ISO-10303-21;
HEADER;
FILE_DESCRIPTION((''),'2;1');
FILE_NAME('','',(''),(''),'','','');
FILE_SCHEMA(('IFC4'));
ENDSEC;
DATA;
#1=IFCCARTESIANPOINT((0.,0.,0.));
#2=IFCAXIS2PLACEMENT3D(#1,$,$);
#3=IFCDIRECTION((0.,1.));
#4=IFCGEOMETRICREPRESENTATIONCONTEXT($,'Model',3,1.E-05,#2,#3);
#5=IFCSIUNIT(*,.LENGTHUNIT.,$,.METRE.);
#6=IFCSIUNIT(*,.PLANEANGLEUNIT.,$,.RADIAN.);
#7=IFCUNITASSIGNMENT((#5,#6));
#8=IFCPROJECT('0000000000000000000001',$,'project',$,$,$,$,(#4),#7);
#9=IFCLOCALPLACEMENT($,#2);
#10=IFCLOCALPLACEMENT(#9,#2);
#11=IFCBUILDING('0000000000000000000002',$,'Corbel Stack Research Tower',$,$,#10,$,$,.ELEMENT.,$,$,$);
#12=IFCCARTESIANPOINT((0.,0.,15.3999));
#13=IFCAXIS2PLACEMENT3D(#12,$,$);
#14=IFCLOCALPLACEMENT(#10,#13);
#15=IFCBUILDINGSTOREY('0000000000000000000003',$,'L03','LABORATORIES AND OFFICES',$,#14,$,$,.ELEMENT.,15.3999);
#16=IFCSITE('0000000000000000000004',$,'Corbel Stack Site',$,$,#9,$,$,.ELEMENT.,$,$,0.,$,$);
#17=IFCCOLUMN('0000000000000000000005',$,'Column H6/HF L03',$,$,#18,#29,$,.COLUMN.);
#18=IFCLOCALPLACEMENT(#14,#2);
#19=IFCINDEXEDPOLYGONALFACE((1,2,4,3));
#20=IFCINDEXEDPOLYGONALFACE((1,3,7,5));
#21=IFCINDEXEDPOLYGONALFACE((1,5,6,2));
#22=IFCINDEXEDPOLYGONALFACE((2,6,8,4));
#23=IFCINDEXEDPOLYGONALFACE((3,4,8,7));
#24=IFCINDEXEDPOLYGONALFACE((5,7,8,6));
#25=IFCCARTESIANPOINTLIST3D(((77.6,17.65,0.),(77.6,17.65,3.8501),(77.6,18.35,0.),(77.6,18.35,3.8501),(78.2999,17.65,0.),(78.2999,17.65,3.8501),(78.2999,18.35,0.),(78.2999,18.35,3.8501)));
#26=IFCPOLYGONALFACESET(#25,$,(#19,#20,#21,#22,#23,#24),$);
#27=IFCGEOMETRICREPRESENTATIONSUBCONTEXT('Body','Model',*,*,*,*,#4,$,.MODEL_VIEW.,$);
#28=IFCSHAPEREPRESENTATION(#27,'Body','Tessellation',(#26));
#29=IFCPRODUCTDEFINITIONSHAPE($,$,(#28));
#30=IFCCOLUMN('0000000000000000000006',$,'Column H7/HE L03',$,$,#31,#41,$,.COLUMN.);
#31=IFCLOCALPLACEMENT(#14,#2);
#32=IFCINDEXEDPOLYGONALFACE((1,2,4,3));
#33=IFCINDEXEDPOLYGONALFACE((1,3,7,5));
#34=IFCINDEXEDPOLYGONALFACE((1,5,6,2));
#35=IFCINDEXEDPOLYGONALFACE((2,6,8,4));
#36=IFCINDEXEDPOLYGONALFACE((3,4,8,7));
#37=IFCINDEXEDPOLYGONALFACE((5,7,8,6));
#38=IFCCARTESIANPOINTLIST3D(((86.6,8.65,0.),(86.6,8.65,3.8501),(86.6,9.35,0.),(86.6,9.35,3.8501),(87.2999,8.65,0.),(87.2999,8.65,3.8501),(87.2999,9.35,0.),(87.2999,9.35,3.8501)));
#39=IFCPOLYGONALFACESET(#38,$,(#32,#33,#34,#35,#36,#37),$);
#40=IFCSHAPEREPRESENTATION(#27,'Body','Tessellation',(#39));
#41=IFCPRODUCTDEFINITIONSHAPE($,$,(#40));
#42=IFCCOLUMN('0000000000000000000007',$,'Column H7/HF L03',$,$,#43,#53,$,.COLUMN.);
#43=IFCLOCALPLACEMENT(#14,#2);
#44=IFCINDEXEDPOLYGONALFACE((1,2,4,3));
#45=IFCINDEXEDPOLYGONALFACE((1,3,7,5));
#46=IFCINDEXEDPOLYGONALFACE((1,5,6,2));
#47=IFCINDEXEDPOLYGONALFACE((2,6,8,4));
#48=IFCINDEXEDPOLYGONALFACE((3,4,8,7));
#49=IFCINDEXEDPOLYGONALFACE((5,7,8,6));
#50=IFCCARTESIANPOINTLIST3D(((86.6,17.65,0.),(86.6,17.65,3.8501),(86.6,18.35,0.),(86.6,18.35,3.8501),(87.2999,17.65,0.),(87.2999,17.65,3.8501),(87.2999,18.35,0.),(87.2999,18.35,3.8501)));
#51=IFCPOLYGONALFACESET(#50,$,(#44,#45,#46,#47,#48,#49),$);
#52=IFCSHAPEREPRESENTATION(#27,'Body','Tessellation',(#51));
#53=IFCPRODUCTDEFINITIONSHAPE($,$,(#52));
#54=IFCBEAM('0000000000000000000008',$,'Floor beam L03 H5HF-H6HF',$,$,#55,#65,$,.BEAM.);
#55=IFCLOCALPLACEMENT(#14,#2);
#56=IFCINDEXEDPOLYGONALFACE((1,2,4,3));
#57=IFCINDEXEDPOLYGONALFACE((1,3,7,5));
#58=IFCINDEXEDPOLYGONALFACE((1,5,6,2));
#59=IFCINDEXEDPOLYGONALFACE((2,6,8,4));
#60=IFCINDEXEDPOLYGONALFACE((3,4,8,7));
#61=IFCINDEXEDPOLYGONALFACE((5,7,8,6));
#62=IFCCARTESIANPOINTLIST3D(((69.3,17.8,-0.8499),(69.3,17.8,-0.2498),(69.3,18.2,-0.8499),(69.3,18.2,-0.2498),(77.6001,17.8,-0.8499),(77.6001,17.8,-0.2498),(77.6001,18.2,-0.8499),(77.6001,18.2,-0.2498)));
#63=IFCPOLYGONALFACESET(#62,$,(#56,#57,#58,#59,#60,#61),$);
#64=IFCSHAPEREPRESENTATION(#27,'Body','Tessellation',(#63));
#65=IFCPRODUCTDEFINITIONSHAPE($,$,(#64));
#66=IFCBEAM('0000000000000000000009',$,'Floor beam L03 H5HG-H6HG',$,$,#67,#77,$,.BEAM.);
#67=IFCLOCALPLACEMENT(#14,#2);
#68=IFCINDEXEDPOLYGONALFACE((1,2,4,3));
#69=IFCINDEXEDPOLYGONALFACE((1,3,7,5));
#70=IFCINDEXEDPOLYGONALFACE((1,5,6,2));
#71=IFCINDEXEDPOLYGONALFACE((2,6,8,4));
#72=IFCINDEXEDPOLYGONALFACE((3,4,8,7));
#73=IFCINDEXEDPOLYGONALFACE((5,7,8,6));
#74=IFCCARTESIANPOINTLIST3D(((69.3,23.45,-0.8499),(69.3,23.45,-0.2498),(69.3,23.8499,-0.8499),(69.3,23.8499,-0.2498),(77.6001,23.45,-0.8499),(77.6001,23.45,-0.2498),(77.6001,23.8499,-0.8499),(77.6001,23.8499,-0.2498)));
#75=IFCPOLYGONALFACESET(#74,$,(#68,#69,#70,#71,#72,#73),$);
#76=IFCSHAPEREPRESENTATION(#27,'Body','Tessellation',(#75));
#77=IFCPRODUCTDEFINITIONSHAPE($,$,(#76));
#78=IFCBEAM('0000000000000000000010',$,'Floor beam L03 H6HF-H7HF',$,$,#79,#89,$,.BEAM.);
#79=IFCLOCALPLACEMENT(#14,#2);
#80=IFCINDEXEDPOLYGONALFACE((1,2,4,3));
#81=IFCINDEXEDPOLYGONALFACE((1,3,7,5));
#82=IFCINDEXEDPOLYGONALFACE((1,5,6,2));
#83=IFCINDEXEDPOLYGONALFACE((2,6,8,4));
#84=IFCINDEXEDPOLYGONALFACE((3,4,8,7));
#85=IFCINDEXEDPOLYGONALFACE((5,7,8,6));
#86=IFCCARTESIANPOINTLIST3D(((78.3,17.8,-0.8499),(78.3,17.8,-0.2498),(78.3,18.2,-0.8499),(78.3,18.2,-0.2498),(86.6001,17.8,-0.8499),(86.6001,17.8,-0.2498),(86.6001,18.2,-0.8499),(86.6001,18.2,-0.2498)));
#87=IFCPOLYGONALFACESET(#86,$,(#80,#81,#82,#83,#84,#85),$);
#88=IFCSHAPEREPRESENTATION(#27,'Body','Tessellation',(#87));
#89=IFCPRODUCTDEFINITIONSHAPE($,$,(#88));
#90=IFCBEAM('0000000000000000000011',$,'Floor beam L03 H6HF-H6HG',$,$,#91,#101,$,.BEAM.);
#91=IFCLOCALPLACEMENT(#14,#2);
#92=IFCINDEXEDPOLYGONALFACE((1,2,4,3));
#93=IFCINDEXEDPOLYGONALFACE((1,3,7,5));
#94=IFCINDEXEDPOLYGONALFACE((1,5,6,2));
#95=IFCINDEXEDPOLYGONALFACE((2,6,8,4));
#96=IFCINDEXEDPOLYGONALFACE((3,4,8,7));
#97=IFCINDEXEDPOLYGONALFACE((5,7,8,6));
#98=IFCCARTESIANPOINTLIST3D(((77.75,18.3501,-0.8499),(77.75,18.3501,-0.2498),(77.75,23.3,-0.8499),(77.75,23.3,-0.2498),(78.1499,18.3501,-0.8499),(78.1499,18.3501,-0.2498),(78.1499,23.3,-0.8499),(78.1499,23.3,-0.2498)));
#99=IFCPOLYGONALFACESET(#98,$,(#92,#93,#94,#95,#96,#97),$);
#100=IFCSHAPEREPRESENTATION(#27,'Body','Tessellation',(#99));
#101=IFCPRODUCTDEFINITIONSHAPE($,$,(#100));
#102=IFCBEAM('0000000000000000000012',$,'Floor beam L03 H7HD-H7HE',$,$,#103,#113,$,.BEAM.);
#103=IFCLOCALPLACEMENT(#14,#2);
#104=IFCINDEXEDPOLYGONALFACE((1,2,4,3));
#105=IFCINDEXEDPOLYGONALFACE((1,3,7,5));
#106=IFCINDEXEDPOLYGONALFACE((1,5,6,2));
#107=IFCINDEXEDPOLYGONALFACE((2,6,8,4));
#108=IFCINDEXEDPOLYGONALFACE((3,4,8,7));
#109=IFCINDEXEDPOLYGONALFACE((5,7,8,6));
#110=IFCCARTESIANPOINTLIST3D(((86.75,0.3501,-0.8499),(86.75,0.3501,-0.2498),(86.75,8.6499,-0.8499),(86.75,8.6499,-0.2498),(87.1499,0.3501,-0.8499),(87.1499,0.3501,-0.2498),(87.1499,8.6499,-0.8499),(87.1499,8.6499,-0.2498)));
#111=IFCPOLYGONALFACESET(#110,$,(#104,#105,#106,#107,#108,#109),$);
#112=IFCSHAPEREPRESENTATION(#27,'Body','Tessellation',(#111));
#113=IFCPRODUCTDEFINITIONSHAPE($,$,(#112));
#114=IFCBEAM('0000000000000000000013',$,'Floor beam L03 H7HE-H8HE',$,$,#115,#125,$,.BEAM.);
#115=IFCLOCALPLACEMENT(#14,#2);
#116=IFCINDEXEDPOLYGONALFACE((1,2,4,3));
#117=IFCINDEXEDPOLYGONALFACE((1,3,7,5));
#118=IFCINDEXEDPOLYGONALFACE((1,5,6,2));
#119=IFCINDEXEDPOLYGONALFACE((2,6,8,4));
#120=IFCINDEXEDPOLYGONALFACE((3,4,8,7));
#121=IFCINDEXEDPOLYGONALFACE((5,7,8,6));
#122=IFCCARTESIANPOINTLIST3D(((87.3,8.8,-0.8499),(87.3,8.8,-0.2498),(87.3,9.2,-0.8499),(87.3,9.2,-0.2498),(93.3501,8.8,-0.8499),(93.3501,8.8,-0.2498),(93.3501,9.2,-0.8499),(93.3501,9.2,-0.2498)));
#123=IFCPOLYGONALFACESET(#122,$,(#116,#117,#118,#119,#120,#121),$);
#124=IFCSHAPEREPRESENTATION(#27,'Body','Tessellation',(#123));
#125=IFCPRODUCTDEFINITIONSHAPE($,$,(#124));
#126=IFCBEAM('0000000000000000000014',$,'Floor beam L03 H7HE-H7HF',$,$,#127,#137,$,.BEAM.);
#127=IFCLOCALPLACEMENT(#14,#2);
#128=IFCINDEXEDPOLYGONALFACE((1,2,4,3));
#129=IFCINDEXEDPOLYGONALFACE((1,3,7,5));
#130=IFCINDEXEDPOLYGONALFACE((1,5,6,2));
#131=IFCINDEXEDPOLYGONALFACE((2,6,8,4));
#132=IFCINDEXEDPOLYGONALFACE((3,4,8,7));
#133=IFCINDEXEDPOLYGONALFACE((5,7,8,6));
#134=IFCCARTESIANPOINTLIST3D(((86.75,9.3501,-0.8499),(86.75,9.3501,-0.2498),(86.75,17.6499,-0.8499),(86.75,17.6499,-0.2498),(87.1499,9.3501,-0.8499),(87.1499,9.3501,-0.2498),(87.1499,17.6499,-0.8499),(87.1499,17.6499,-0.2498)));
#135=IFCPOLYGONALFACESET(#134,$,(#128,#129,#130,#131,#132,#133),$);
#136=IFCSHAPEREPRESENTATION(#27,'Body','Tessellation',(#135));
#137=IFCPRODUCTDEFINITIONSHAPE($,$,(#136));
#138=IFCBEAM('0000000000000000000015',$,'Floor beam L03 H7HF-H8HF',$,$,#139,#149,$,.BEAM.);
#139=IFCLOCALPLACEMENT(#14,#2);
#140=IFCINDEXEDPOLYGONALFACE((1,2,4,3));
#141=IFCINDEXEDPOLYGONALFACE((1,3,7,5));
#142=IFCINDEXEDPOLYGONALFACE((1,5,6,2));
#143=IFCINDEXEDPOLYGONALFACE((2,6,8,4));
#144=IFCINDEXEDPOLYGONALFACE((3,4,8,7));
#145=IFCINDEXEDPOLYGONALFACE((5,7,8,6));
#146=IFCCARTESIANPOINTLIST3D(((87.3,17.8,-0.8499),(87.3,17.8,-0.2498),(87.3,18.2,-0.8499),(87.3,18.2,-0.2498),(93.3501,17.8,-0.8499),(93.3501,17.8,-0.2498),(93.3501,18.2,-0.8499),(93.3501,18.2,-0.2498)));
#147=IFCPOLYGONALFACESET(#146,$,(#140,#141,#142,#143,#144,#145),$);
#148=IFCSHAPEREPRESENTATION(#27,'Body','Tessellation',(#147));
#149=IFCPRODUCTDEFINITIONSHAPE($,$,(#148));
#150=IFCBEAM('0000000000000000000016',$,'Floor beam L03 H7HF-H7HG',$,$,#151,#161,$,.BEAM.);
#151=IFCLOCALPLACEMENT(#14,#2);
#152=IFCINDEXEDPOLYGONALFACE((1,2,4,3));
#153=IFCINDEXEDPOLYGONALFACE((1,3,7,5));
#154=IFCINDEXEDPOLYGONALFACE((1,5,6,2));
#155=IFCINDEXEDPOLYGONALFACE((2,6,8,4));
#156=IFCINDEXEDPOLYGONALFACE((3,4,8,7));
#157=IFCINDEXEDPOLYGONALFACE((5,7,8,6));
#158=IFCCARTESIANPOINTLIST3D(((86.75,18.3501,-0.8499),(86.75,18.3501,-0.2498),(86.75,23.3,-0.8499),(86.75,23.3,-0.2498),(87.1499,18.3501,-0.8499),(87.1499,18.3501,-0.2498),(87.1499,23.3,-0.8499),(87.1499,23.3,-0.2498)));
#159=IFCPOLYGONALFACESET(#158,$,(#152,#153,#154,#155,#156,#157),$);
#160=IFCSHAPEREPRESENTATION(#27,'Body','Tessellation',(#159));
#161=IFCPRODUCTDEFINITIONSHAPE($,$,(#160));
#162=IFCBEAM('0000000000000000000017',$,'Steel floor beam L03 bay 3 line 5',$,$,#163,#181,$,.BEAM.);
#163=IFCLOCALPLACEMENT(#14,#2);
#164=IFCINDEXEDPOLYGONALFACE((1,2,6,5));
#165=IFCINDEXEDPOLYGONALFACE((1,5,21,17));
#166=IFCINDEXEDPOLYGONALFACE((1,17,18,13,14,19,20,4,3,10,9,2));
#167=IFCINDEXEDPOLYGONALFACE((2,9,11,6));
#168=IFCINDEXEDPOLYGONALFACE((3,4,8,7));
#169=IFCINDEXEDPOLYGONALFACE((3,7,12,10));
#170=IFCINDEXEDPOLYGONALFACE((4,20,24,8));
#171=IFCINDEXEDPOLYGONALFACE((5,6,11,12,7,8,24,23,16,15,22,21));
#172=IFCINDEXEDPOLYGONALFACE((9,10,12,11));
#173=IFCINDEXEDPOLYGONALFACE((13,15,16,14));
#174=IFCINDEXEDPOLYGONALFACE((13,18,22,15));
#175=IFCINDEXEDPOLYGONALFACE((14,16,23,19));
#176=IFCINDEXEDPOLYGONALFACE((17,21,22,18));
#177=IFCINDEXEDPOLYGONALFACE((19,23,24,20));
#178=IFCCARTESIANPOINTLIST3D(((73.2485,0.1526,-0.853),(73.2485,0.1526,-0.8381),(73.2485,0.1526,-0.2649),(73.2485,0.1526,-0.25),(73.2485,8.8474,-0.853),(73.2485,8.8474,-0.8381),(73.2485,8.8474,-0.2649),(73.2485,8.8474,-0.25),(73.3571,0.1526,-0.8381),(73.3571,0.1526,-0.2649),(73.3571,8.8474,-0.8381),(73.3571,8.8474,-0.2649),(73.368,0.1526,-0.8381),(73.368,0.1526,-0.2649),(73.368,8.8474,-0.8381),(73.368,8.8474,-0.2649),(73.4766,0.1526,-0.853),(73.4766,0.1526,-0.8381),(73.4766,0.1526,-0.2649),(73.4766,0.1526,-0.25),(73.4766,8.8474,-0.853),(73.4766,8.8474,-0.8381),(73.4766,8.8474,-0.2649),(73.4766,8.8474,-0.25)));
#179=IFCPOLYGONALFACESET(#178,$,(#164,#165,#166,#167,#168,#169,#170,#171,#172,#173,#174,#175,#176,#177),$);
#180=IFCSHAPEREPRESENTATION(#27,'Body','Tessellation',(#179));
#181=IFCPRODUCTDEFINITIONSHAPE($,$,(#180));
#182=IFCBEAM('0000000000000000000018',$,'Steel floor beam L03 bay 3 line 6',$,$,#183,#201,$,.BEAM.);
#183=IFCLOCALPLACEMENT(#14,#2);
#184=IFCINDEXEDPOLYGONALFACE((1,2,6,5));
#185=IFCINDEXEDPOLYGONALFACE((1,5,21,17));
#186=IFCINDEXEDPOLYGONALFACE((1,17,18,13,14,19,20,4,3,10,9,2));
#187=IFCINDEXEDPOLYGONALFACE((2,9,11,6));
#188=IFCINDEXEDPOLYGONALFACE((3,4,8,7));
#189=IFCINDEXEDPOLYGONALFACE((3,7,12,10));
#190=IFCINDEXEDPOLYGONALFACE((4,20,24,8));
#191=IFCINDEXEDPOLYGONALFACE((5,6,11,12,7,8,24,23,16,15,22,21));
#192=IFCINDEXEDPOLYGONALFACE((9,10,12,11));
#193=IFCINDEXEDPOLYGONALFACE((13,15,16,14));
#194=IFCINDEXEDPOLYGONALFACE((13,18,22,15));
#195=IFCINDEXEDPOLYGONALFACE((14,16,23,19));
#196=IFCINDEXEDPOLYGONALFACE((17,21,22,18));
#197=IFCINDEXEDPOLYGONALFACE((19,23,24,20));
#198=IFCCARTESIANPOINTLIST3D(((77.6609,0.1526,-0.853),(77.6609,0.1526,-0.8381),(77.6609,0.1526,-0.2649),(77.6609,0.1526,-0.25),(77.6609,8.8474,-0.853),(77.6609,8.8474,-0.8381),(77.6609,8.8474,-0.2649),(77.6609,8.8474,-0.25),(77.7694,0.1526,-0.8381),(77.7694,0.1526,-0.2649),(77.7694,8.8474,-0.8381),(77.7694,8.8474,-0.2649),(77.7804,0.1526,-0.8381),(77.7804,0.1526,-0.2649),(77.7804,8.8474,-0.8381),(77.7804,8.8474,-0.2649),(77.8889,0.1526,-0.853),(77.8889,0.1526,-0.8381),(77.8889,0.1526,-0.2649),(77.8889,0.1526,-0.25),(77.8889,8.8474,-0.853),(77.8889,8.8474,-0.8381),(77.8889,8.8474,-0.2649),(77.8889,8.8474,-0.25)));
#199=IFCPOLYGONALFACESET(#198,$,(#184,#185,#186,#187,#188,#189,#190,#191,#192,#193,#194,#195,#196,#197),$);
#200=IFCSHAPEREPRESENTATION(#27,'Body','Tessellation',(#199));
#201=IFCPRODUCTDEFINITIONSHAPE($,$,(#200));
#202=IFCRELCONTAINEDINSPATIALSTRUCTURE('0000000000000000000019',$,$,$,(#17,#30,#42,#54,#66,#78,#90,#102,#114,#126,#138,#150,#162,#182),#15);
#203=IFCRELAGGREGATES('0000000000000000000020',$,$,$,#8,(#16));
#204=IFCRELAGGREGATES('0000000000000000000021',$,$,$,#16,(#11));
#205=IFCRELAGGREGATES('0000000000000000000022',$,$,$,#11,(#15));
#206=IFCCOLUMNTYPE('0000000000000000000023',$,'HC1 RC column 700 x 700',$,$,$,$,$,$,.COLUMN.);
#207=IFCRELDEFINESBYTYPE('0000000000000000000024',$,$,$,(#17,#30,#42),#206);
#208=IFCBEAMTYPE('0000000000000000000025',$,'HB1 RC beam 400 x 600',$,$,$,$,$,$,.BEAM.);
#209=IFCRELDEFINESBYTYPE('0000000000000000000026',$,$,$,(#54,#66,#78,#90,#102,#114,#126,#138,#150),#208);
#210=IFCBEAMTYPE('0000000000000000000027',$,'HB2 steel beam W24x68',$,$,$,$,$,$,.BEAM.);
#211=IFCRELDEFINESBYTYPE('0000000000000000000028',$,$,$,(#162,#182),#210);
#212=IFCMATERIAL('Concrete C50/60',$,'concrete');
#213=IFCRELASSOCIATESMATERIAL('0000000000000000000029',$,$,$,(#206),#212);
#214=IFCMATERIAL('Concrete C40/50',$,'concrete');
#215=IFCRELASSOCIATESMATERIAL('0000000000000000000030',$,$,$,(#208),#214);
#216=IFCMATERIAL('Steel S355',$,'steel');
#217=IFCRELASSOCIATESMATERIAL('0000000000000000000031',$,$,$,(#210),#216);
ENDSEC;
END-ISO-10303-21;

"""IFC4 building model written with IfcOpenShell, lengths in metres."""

from ifc_helpers import new_model, si_unit, direction, frame, origin, origin_2d, place, context, subcontext, project, spatial, rectangle, i_section, extrude, material, material_profile, profile_set, type_object, element, save


model = new_model("IFC4")

# Units and contexts
model_context = context("Model", 3, precision=1e-05, world=origin(), true_north=direction((0.0, 1.0)))
body_context = subcontext(model_context, "Body", "Model", "MODEL_VIEW")
ifc_project = project(units=[si_unit("LENGTHUNIT", "METRE"), si_unit("PLANEANGLEUNIT", "RADIAN")], contexts=[model_context])

# Site, building, storey
site_placement = place(None, origin())
site = spatial("IfcSite", under=ifc_project, at=site_placement, Name="Corbel Stack Site", CompositionType="ELEMENT", RefElevation=0.0)
building_placement = place(site_placement, origin())
building = spatial("IfcBuilding", under=site, at=building_placement, Name="Corbel Stack Research Tower", CompositionType="ELEMENT")
storey_placement = place(building_placement, frame((0.0, 0.0, 15.3999)))
storey = spatial("IfcBuildingStorey", under=building, at=storey_placement, Name="L03", Description="LABORATORIES AND OFFICES", CompositionType="ELEMENT", Elevation=15.3999)

# Columns
ifc_material_1 = material(Name="Concrete C50/60", Category="concrete")
ifc_material_profile_1 = material_profile(ifc_material_1, rectangle(XDim=0.7, YDim=0.7, at=origin_2d()), Name="RC 700 x 700")
ifc_profile_set_1 = profile_set([ifc_material_profile_1], Name="Concrete C50/60")
column_type = type_object("IfcColumnType", Name="HC1 RC column 700 x 700", PredefinedType="COLUMN", material=ifc_profile_set_1)
for number, where, z_axis, x_axis, name in (
    (1, (77.95, 18.0, 0.0), (0.0, 0.0, 1.0), (1.0, 0.0, 0.0), "Column H6/HF L03"),
    (2, (86.95, 9.0, 0.0), (0.0, 0.0, 1.0), (1.0, 0.0, 0.0), "Column H7/HE L03"),
    (3, (86.95, 18.0, 0.0), (0.0, 0.0, 1.0), (1.0, 0.0, 0.0), "Column H7/HF L03"),
):
    element("IfcColumn", number, at=place(storey_placement, frame(where, z_axis=z_axis, x_axis=x_axis)), inside=storey, type_object=column_type, Name=name, PredefinedType="COLUMN", context=body_context, shape_type="SweptSolid", body=[
        extrude(rectangle(XDim=0.7, YDim=0.7, at=origin_2d()), origin(), (0.0, 0.0, 1.0), 3.8501),
    ])

# Beams
ifc_material_2 = material(Name="Concrete C40/50", Category="concrete")
ifc_material_profile_2 = material_profile(ifc_material_2, rectangle(XDim=0.3999, YDim=0.6001, at=origin_2d()), Name="RC 400 x 600")
ifc_profile_set_2 = profile_set([ifc_material_profile_2], Name="Concrete C40/50")
beam_type_1 = type_object("IfcBeamType", Name="HB1 RC beam 400 x 600", PredefinedType="BEAM", material=ifc_profile_set_2)
for number, where, z_axis, x_axis, name in (
    (4, (69.3, 18.0, -0.5498), (1.0, 0.0, 0.0), (0.0, 1.0, 0.0), "Floor beam L03 H5HF-H6HF"),
    (5, (69.3, 23.6499, -0.5498), (1.0, 0.0, 0.0), (0.0, 1.0, 0.0), "Floor beam L03 H5HG-H6HG"),
    (6, (78.3, 18.0, -0.5498), (1.0, 0.0, 0.0), (0.0, 1.0, 0.0), "Floor beam L03 H6HF-H7HF"),
):
    element("IfcBeam", number, at=place(storey_placement, frame(where, z_axis=z_axis, x_axis=x_axis)), inside=storey, type_object=beam_type_1, Name=name, PredefinedType="BEAM", context=body_context, shape_type="SweptSolid", body=[
        extrude(rectangle(XDim=0.3999, YDim=0.6001, at=origin_2d()), origin(), (0.0, 0.0, 1.0), 8.3),
    ])
beam_1_placement = place(storey_placement, frame((77.95, 18.3501, -0.5498), z_axis=(0.0, 1.0, 0.0), x_axis=(-1.0, 0.0, 0.0)))
element("IfcBeam", 7, at=beam_1_placement, inside=storey, type_object=beam_type_1, Name="Floor beam L03 H6HF-H6HG", PredefinedType="BEAM", context=body_context, shape_type="SweptSolid", body=[
    extrude(rectangle(XDim=0.3999, YDim=0.6001, at=origin_2d()), origin(), (0.0, 0.0, 1.0), 4.95),
])
beam_2_placement = place(storey_placement, frame((86.95, 0.3501, -0.5498), z_axis=(0.0, 1.0, 0.0), x_axis=(-1.0, 0.0, 0.0)))
element("IfcBeam", 8, at=beam_2_placement, inside=storey, type_object=beam_type_1, Name="Floor beam L03 H7HD-H7HE", PredefinedType="BEAM", context=body_context, shape_type="SweptSolid", body=[
    extrude(rectangle(XDim=0.3999, YDim=0.6001, at=origin_2d()), origin(), (0.0, 0.0, 1.0), 8.2998),
])
beam_3_placement = place(storey_placement, frame((87.3, 9.0, -0.5498), z_axis=(1.0, 0.0, 0.0), x_axis=(0.0, 1.0, 0.0)))
element("IfcBeam", 9, at=beam_3_placement, inside=storey, type_object=beam_type_1, Name="Floor beam L03 H7HE-H8HE", PredefinedType="BEAM", context=body_context, shape_type="SweptSolid", body=[
    extrude(rectangle(XDim=0.3999, YDim=0.6001, at=origin_2d()), origin(), (0.0, 0.0, 1.0), 6.05),
])
beam_4_placement = place(storey_placement, frame((86.95, 9.3501, -0.5498), z_axis=(0.0, 1.0, 0.0), x_axis=(-1.0, 0.0, 0.0)))
element("IfcBeam", 10, at=beam_4_placement, inside=storey, type_object=beam_type_1, Name="Floor beam L03 H7HE-H7HF", PredefinedType="BEAM", context=body_context, shape_type="SweptSolid", body=[
    extrude(rectangle(XDim=0.3999, YDim=0.6001, at=origin_2d()), origin(), (0.0, 0.0, 1.0), 8.2998),
])
beam_5_placement = place(storey_placement, frame((87.3, 18.0, -0.5498), z_axis=(1.0, 0.0, 0.0), x_axis=(0.0, 1.0, 0.0)))
element("IfcBeam", 11, at=beam_5_placement, inside=storey, type_object=beam_type_1, Name="Floor beam L03 H7HF-H8HF", PredefinedType="BEAM", context=body_context, shape_type="SweptSolid", body=[
    extrude(rectangle(XDim=0.3999, YDim=0.6001, at=origin_2d()), origin(), (0.0, 0.0, 1.0), 6.05),
])
beam_6_placement = place(storey_placement, frame((86.95, 18.3501, -0.5498), z_axis=(0.0, 1.0, 0.0), x_axis=(-1.0, 0.0, 0.0)))
element("IfcBeam", 12, at=beam_6_placement, inside=storey, type_object=beam_type_1, Name="Floor beam L03 H7HF-H7HG", PredefinedType="BEAM", context=body_context, shape_type="SweptSolid", body=[
    extrude(rectangle(XDim=0.3999, YDim=0.6001, at=origin_2d()), origin(), (0.0, 0.0, 1.0), 4.95),
])
ifc_material_3 = material(Name="Steel S355", Category="steel")
ifc_material_profile_3 = material_profile(ifc_material_3, i_section(OverallWidth=0.228, OverallDepth=0.603, WebThickness=0.011, FlangeThickness=0.0149, at=origin_2d()), Name="W24x68")
ifc_profile_set_3 = profile_set([ifc_material_profile_3], Name="Steel S355")
beam_type_2 = type_object("IfcBeamType", Name="HB2 steel beam W24x68", PredefinedType="BEAM", material=ifc_profile_set_3)
for number, where, z_axis, x_axis, name in (
    (13, (73.3625, 0.1526, -0.5515), (0.0, 1.0, 0.0), (-1.0, 0.0, 0.0), "Steel floor beam L03 bay 3 line 5"),
    (14, (77.7749, 0.1526, -0.5515), (0.0, 1.0, 0.0), (-1.0, 0.0, 0.0), "Steel floor beam L03 bay 3 line 6"),
):
    element("IfcBeam", number, at=place(storey_placement, frame(where, z_axis=z_axis, x_axis=x_axis)), inside=storey, type_object=beam_type_2, Name=name, PredefinedType="BEAM", context=body_context, shape_type="SweptSolid", body=[
        extrude(i_section(OverallWidth=0.228, OverallDepth=0.603, WebThickness=0.011, FlangeThickness=0.0149, at=origin_2d()), origin(), (0.0, 0.0, 1.0), 8.6948),
    ])

save(model, "model.ifc")
